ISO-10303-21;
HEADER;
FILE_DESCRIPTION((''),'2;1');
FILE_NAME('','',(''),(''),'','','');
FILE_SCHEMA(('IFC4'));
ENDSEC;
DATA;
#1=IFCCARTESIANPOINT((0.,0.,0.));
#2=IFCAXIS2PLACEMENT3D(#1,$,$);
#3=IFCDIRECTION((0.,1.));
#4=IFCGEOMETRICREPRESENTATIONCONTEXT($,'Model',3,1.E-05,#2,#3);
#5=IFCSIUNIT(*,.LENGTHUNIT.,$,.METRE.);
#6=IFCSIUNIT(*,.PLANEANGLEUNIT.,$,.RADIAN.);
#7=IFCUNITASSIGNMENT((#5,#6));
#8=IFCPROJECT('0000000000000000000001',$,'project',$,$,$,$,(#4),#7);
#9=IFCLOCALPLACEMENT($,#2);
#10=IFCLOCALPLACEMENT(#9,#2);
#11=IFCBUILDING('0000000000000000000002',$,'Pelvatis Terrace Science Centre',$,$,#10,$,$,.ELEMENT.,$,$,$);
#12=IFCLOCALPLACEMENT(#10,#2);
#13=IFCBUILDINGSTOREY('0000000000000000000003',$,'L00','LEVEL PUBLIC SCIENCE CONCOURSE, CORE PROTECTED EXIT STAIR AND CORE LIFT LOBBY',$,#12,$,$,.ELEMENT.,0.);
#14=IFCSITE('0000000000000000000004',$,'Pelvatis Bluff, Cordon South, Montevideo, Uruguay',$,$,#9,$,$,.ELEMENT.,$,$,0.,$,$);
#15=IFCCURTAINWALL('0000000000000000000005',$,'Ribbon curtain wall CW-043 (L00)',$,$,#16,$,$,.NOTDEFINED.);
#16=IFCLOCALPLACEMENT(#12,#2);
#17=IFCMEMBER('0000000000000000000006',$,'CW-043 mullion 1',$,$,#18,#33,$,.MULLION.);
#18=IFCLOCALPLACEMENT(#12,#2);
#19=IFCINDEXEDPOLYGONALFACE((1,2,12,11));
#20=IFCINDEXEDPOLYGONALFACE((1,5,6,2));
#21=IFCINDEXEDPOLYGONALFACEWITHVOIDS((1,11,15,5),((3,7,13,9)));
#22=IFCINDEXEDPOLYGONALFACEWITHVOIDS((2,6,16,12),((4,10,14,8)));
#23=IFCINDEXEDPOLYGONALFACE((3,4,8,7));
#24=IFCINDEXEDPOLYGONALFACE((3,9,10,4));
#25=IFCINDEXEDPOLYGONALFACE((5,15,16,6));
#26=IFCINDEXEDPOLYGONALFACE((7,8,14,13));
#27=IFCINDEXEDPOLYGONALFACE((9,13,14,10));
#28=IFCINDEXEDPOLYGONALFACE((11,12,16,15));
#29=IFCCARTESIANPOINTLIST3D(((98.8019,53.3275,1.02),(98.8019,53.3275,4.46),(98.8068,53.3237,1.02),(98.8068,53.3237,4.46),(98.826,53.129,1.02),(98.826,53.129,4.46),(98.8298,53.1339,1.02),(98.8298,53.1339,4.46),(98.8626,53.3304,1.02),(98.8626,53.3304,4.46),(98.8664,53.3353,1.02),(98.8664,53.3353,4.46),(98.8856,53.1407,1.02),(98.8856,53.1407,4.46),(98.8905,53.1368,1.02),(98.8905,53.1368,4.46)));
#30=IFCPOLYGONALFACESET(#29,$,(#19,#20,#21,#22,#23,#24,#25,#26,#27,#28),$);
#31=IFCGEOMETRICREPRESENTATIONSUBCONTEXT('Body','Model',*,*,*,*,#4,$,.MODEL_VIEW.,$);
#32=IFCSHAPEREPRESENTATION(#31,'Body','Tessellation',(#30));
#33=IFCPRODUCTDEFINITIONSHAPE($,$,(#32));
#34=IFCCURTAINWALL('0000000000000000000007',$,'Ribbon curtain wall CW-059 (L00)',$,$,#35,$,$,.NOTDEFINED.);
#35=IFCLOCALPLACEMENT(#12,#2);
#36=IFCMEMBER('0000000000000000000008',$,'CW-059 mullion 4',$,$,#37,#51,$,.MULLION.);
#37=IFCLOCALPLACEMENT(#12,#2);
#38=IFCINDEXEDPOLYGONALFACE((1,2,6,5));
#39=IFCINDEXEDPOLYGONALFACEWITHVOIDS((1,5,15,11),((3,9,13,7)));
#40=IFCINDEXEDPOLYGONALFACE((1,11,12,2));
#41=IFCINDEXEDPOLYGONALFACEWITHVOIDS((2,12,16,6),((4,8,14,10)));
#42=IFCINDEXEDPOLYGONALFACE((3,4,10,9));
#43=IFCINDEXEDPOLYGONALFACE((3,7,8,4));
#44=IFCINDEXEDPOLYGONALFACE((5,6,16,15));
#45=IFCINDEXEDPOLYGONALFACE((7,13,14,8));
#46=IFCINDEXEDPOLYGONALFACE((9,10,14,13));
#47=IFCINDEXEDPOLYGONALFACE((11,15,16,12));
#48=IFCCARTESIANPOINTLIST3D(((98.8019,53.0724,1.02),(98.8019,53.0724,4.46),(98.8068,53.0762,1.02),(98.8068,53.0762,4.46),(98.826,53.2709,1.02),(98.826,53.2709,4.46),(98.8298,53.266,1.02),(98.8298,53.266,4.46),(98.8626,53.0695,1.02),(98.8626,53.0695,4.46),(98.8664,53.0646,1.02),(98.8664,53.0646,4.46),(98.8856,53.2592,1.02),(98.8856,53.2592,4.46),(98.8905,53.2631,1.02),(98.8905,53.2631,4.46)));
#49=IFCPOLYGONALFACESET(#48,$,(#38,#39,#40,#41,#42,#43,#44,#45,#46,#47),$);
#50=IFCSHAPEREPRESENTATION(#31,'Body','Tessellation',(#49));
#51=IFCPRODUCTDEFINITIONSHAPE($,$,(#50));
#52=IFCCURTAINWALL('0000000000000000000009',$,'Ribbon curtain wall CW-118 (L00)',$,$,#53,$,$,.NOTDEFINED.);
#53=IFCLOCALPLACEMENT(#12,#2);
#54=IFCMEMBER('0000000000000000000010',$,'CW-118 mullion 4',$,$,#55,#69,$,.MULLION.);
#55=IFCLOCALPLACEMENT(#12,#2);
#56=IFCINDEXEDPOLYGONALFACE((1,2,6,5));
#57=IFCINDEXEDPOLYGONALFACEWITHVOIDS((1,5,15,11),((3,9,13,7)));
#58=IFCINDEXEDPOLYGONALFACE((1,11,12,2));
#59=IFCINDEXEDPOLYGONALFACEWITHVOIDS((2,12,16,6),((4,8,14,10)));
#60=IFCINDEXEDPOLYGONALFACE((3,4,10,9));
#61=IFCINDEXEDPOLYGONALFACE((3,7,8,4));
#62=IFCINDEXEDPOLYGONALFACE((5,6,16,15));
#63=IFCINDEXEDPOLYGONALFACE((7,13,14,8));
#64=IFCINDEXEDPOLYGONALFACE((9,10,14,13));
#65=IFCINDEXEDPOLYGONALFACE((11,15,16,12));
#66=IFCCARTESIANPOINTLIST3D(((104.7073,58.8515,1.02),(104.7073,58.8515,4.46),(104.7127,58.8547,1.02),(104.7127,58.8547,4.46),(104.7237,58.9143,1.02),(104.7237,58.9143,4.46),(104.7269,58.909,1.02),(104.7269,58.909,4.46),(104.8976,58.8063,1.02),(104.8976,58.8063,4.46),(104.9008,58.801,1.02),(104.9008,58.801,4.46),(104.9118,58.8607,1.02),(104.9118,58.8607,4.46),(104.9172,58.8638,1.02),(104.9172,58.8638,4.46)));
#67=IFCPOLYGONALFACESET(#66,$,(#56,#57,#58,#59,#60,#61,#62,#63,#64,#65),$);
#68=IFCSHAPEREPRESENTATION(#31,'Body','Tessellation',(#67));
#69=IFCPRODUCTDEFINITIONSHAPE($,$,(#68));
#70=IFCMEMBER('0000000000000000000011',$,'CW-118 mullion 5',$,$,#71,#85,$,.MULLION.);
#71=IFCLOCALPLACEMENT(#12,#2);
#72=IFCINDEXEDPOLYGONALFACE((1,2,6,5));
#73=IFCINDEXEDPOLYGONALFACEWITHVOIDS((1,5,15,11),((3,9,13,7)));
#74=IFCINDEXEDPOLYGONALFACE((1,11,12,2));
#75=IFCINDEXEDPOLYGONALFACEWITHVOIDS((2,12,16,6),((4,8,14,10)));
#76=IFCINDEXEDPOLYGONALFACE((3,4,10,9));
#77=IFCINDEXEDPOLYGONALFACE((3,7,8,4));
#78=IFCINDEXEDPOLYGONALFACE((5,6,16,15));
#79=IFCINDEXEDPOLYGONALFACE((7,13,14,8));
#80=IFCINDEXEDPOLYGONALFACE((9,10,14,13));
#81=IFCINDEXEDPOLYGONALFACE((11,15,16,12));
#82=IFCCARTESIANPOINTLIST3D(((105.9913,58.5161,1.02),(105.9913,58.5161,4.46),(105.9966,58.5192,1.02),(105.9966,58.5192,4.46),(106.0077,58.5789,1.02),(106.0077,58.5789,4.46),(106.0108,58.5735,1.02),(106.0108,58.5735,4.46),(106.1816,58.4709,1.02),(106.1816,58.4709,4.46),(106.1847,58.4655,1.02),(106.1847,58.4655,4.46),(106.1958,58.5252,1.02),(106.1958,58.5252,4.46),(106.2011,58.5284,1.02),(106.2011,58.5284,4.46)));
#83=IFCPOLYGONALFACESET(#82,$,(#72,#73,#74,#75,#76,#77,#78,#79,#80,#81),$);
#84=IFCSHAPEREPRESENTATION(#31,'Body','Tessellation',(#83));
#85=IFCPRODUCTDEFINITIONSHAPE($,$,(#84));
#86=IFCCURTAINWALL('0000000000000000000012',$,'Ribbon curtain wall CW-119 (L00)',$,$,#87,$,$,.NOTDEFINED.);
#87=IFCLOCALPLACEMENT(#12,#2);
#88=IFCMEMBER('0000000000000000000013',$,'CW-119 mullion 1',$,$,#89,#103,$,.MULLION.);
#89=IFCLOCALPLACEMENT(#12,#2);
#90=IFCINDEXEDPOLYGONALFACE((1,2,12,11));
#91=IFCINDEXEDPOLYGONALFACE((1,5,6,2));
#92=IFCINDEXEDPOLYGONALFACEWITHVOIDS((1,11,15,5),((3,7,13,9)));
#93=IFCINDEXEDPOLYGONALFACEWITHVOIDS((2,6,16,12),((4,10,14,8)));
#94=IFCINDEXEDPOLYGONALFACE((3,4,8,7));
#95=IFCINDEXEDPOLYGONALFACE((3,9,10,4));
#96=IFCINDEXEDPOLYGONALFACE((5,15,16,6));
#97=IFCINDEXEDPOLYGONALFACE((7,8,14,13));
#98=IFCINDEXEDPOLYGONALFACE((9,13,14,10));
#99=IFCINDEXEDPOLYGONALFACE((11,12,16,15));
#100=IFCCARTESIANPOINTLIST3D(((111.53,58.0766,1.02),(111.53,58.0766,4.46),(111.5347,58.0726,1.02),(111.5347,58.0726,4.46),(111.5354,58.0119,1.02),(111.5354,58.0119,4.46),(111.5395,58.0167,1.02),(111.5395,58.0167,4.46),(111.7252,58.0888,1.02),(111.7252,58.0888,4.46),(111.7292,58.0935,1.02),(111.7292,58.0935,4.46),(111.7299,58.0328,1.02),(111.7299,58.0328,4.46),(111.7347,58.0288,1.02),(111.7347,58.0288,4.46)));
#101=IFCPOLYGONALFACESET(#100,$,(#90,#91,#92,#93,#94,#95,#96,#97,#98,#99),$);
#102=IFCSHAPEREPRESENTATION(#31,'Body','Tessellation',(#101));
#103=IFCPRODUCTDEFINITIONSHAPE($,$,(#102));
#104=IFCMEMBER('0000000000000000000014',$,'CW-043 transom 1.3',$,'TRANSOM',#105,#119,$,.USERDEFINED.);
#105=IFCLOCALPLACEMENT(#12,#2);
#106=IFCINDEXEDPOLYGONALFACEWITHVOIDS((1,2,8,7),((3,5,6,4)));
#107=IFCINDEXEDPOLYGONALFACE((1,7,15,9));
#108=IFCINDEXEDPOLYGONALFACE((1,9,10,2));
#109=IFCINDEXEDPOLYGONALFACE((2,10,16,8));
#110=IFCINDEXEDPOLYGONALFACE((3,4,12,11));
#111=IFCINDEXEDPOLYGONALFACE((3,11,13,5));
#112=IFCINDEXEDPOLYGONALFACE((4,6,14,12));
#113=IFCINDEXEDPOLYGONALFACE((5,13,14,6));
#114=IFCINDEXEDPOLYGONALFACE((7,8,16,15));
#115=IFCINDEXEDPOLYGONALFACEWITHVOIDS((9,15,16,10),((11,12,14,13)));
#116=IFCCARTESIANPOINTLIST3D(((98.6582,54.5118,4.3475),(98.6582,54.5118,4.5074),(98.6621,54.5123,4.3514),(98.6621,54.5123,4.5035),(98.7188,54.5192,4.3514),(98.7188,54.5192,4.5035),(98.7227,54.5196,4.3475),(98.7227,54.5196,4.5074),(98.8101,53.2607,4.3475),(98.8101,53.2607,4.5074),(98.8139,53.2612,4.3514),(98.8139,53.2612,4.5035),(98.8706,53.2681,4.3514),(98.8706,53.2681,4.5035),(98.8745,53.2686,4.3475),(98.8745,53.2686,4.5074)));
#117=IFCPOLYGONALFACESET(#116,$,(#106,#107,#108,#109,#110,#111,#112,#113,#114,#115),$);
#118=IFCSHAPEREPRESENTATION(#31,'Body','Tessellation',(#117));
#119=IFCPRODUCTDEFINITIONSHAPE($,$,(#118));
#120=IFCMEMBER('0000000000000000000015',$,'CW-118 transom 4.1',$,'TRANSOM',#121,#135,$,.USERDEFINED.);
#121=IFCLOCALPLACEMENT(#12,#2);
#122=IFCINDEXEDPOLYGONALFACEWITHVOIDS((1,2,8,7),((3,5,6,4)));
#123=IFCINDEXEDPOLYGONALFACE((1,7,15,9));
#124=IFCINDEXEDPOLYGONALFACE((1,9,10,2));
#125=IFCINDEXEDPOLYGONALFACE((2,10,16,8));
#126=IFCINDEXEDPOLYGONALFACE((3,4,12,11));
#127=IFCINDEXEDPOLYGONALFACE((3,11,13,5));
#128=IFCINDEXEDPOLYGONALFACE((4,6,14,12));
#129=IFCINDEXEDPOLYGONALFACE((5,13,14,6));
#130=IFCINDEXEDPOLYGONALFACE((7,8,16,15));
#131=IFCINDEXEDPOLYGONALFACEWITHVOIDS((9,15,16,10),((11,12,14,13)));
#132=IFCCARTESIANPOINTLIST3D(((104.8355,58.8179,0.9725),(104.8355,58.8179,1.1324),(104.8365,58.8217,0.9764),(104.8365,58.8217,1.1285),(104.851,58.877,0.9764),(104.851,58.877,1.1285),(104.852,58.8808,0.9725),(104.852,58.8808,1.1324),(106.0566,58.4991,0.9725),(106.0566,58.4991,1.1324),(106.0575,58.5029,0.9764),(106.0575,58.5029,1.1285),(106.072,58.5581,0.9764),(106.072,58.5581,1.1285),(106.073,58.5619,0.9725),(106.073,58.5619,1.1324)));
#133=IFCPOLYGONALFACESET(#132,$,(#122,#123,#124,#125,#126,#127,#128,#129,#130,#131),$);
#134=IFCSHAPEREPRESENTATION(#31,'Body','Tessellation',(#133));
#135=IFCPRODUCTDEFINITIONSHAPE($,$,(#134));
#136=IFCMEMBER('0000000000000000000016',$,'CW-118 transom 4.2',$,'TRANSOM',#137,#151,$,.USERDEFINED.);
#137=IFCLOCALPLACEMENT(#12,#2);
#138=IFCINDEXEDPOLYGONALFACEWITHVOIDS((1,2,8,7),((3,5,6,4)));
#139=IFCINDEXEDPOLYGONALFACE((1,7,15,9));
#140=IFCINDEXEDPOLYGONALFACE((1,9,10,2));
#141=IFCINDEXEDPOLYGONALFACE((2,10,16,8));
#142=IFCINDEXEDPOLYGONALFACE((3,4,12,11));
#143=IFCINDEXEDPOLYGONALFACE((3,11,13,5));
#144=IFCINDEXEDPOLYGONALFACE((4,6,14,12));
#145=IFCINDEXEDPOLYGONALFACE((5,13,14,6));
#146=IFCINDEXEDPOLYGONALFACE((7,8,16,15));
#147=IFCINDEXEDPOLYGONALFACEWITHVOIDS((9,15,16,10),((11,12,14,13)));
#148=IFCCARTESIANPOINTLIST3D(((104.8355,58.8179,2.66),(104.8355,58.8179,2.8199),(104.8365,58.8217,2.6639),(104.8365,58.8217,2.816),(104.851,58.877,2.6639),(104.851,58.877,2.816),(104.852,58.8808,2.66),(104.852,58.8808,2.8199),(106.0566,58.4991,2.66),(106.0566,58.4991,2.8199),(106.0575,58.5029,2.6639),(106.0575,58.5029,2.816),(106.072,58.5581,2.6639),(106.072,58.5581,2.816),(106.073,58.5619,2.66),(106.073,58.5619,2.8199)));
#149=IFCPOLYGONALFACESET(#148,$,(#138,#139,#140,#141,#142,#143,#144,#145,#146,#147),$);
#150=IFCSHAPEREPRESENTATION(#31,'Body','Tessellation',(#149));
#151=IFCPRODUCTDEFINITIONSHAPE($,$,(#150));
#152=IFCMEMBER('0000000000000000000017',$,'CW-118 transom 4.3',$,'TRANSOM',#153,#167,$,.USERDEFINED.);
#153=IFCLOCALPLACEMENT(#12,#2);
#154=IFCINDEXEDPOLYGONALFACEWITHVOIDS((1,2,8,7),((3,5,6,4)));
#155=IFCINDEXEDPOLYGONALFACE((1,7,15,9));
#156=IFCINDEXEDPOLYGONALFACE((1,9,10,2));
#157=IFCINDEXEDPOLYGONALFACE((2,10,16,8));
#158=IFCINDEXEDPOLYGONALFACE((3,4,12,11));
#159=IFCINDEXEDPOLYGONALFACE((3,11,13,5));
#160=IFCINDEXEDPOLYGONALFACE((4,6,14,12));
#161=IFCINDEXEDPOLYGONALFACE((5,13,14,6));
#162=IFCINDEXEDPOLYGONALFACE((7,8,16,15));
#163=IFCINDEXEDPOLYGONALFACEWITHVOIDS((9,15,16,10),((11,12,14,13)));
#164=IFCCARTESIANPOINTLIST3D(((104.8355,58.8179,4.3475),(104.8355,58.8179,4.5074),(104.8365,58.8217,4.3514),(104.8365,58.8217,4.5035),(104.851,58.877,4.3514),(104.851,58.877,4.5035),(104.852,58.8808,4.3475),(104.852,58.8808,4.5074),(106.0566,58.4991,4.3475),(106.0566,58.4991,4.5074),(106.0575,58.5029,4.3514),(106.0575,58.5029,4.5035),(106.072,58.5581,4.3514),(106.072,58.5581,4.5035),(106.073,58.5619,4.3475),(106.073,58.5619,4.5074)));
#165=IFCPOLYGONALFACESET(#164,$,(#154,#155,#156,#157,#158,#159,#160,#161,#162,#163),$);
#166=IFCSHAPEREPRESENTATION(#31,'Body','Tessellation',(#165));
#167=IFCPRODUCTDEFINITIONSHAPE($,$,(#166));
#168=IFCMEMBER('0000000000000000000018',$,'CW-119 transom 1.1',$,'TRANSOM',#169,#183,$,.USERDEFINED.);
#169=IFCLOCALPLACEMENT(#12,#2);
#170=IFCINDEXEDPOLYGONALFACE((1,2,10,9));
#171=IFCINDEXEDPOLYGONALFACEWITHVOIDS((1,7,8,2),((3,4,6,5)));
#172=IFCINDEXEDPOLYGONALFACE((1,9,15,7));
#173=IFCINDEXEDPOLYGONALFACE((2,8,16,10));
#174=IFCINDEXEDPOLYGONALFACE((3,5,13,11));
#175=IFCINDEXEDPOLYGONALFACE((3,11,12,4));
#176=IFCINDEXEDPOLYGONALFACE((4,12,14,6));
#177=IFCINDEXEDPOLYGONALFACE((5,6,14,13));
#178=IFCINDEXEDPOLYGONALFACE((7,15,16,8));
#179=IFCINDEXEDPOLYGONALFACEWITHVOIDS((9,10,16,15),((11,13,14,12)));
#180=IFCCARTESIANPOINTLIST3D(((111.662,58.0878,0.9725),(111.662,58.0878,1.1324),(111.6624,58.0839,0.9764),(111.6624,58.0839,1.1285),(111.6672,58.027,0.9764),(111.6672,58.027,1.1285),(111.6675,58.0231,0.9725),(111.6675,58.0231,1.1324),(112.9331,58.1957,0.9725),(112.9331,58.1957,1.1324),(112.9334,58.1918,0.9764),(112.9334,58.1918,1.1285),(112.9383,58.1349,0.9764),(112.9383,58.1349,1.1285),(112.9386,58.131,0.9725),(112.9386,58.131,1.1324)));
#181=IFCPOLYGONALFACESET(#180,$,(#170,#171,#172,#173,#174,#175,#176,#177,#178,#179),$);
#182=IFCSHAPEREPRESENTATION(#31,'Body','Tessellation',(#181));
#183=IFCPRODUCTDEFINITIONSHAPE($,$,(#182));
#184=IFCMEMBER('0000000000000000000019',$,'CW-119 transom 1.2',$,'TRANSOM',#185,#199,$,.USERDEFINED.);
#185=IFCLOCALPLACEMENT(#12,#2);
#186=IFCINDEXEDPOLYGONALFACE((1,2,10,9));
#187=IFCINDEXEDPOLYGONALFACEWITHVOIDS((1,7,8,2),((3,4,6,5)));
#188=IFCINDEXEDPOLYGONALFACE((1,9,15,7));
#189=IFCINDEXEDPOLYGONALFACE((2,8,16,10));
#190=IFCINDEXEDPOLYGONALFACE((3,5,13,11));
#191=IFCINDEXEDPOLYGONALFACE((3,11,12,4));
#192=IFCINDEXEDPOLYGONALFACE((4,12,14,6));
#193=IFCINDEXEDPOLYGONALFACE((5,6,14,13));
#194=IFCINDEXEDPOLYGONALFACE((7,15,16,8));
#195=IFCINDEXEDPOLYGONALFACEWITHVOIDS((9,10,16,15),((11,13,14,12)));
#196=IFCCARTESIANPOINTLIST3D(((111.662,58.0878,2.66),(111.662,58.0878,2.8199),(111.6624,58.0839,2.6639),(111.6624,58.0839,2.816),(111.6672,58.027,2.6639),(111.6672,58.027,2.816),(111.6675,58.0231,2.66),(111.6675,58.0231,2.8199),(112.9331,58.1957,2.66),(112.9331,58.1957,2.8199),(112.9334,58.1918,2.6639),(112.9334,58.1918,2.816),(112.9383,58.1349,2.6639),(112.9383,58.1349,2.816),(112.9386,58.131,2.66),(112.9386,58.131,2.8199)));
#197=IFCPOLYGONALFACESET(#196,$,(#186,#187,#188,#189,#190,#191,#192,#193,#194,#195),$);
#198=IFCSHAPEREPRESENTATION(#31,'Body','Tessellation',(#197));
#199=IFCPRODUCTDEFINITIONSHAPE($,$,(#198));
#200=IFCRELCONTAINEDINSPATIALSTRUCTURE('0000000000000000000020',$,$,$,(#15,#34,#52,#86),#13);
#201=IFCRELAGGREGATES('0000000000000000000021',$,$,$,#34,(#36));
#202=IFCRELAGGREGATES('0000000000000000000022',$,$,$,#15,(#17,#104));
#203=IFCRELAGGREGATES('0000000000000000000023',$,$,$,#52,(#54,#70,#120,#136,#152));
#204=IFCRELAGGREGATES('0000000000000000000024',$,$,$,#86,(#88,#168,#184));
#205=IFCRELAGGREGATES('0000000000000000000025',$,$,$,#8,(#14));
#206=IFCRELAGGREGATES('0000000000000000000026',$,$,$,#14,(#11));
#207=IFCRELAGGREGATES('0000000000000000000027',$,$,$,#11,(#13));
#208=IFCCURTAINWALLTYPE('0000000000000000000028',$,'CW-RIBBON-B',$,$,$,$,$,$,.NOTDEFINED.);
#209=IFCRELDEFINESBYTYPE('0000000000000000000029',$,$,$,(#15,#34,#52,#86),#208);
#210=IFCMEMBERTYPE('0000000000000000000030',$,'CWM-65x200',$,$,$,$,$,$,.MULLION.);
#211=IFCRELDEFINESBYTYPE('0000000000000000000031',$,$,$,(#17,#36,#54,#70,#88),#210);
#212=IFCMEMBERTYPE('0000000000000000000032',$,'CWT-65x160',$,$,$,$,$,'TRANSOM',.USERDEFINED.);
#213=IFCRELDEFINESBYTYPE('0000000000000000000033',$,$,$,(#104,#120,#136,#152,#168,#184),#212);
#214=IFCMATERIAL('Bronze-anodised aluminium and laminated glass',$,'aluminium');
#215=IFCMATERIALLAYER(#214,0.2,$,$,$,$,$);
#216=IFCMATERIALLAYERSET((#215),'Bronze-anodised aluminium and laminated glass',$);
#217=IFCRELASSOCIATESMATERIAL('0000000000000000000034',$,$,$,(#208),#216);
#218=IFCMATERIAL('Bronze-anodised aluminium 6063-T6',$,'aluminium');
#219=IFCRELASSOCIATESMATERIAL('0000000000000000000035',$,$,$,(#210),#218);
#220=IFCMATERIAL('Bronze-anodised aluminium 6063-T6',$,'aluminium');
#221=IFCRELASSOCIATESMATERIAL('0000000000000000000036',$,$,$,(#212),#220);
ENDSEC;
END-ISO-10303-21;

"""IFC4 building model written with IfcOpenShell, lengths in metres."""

from ifc_helpers import new_model, si_unit, direction, frame, origin, origin_2d, place, context, subcontext, project, spatial, hollow_rectangle, extrude, material, layer, layer_set, material_profile, profile_set, type_object, element, aggregate, save


model = new_model("IFC4")

# Units and contexts
model_context = context("Model", 3, precision=1e-05, world=origin(), true_north=direction((0.0, 1.0)))
body_context = subcontext(model_context, "Body", "Model", "MODEL_VIEW")
ifc_project = project(units=[si_unit("LENGTHUNIT", "METRE"), si_unit("PLANEANGLEUNIT", "RADIAN")], contexts=[model_context])

# Site, building, storey
site_placement = place(None, origin())
site = spatial("IfcSite", under=ifc_project, at=site_placement, Name="Pelvatis Bluff, Cordon South, Montevideo, Uruguay", CompositionType="ELEMENT", RefElevation=0.0)
building_placement = place(site_placement, origin())
building = spatial("IfcBuilding", under=site, at=building_placement, Name="Pelvatis Terrace Science Centre", CompositionType="ELEMENT")
storey_placement = place(building_placement, origin())
storey = spatial("IfcBuildingStorey", under=building, at=storey_placement, Name="L00", Description="LEVEL PUBLIC SCIENCE CONCOURSE, CORE PROTECTED EXIT STAIR AND CORE LIFT LOBBY", CompositionType="ELEMENT", Elevation=0.0)

# Curtain walls, members
ifc_material_1 = material(Name="Bronze-anodised aluminium and laminated glass", Category="aluminium")
ifc_layer_1 = layer(ifc_material_1, 0.2)
ifc_layer_set_1 = layer_set([ifc_layer_1], Name="Bronze-anodised aluminium and laminated glass")
curtain_wall_type = type_object("IfcCurtainWallType", Name="CW-RIBBON-B", PredefinedType="NOTDEFINED", material=ifc_layer_set_1)
curtain_wall_1_placement = place(storey_placement, origin())
curtain_wall_1 = element("IfcCurtainWall", 1, at=curtain_wall_1_placement, inside=storey, type_object=curtain_wall_type, Name="Ribbon curtain wall CW-043 (L00)", PredefinedType="NOTDEFINED")
ifc_material_2 = material(Name="Bronze-anodised aluminium 6063-T6", Category="aluminium")
ifc_material_profile_1 = material_profile(ifc_material_2, hollow_rectangle(XDim=0.0649, YDim=0.2, WallThickness=0.0044, at=origin_2d()), Name="ALU-MUL 65x200")
ifc_profile_set_1 = profile_set([ifc_material_profile_1], Name="Bronze-anodised aluminium 6063-T6")
member_type_1 = type_object("IfcMemberType", Name="CWM-65x200", PredefinedType="MULLION", material=ifc_profile_set_1)
member_1_placement = place(storey_placement, frame((98.8462, 53.2322, 1.02), z_axis=(0.0, 0.0, 1.0), x_axis=(-0.992721, -0.120435, 0.0)))
member_1 = element("IfcMember", 2, at=member_1_placement, type_object=member_type_1, Name="CW-043 mullion 1", PredefinedType="MULLION", context=body_context, shape_type="SweptSolid", body=[
    extrude(hollow_rectangle(XDim=0.0649, YDim=0.2, WallThickness=0.0044, at=origin_2d()), origin(), (0.0, 0.0, 1.0), 3.4399),
])
curtain_wall_2_placement = place(storey_placement, origin())
curtain_wall_2 = element("IfcCurtainWall", 3, at=curtain_wall_2_placement, inside=storey, type_object=curtain_wall_type, Name="Ribbon curtain wall CW-059 (L00)", PredefinedType="NOTDEFINED")
member_2_placement = place(storey_placement, frame((98.8462, 53.1677, 1.02), z_axis=(0.0, 0.0, 1.0), x_axis=(-0.992721, 0.120435, 0.0)))
member_2 = element("IfcMember", 4, at=member_2_placement, type_object=member_type_1, Name="CW-059 mullion 4", PredefinedType="MULLION", context=body_context, shape_type="SweptSolid", body=[
    extrude(hollow_rectangle(XDim=0.0649, YDim=0.2, WallThickness=0.0044, at=origin_2d()), origin(), (0.0, 0.0, 1.0), 3.4399),
])
aggregate(curtain_wall_2, [member_2])

# Curtain wall, members
curtain_wall_3_placement = place(storey_placement, origin())
curtain_wall_3 = element("IfcCurtainWall", 5, at=curtain_wall_3_placement, inside=storey, type_object=curtain_wall_type, Name="Ribbon curtain wall CW-118 (L00)", PredefinedType="NOTDEFINED")
member_3_placement = place(storey_placement, frame((104.8123, 58.8577, 1.02), z_axis=(0.0, 0.0, 1.0), x_axis=(0.252698, 0.967545, 0.0)))
member_3 = element("IfcMember", 6, at=member_3_placement, type_object=member_type_1, Name="CW-118 mullion 4", PredefinedType="MULLION", context=body_context, shape_type="SweptSolid", body=[
    extrude(hollow_rectangle(XDim=0.0649, YDim=0.2, WallThickness=0.0044, at=origin_2d()), origin(), (0.0, 0.0, 1.0), 3.4399),
])
member_4_placement = place(storey_placement, frame((106.0962, 58.5222, 1.02), z_axis=(0.0, 0.0, 1.0), x_axis=(0.252698, 0.967545, 0.0)))
member_4 = element("IfcMember", 7, at=member_4_placement, type_object=member_type_1, Name="CW-118 mullion 5", PredefinedType="MULLION", context=body_context, shape_type="SweptSolid", body=[
    extrude(hollow_rectangle(XDim=0.0649, YDim=0.2, WallThickness=0.0044, at=origin_2d()), origin(), (0.0, 0.0, 1.0), 3.4399),
])

# Curtain wall, member
curtain_wall_4_placement = place(storey_placement, origin())
curtain_wall_4 = element("IfcCurtainWall", 8, at=curtain_wall_4_placement, inside=storey, type_object=curtain_wall_type, Name="Ribbon curtain wall CW-119 (L00)", PredefinedType="NOTDEFINED")
member_5_placement = place(storey_placement, frame((111.6323, 58.0527, 1.02), z_axis=(0.0, 0.0, 1.0), x_axis=(-0.084488, 0.996425, 0.0)))
member_5 = element("IfcMember", 9, at=member_5_placement, type_object=member_type_1, Name="CW-119 mullion 1", PredefinedType="MULLION", context=body_context, shape_type="SweptSolid", body=[
    extrude(hollow_rectangle(XDim=0.0649, YDim=0.2, WallThickness=0.0044, at=origin_2d()), origin(), (0.0, 0.0, 1.0), 3.4399),
])

# Members
ifc_material_3 = material(Name="Bronze-anodised aluminium 6063-T6", Category="aluminium")
ifc_material_profile_2 = material_profile(ifc_material_3, hollow_rectangle(XDim=0.0649, YDim=0.1599, WallThickness=0.0039, at=origin_2d()), Name="ALU-TRN 65x160")
ifc_profile_set_2 = profile_set([ifc_material_profile_2], Name="Bronze-anodised aluminium 6063-T6")
member_type_2 = type_object("IfcMemberType", Name="CWT-65x160", ElementType="TRANSOM", PredefinedType="USERDEFINED", material=ifc_profile_set_2)
member_6_placement = place(storey_placement, frame((98.8423, 53.2646, 4.4275), z_axis=(-0.120505, 0.992713, 0.0), x_axis=(-0.992713, -0.120505, 0.0)))
member_6 = element("IfcMember", 10, at=member_6_placement, type_object=member_type_2, Name="CW-043 transom 1.3", ObjectType="TRANSOM", PredefinedType="USERDEFINED", context=body_context, shape_type="SweptSolid", body=[
    extrude(hollow_rectangle(XDim=0.0649, YDim=0.1599, WallThickness=0.0039, at=origin_2d()), origin(), (0.0, 0.0, 1.0), 1.2603),
])
aggregate(curtain_wall_1, [member_1, member_6])
member_7_placement = place(storey_placement, frame((104.8438, 58.8494, 1.0525), z_axis=(0.967551, -0.252674, 0.0), x_axis=(0.252674, 0.967551, 0.0)))
member_7 = element("IfcMember", 11, at=member_7_placement, type_object=member_type_2, Name="CW-118 transom 4.1", ObjectType="TRANSOM", PredefinedType="USERDEFINED", context=body_context, shape_type="SweptSolid", body=[
    extrude(hollow_rectangle(XDim=0.0649, YDim=0.1599, WallThickness=0.0039, at=origin_2d()), origin(), (0.0, 0.0, 1.0), 1.262),
])
member_8_placement = place(storey_placement, frame((104.8438, 58.8494, 2.74), z_axis=(0.967551, -0.252674, 0.0), x_axis=(0.252674, 0.967551, 0.0)))
member_8 = element("IfcMember", 12, at=member_8_placement, type_object=member_type_2, Name="CW-118 transom 4.2", ObjectType="TRANSOM", PredefinedType="USERDEFINED", context=body_context, shape_type="SweptSolid", body=[
    extrude(hollow_rectangle(XDim=0.0649, YDim=0.1599, WallThickness=0.0039, at=origin_2d()), origin(), (0.0, 0.0, 1.0), 1.262),
])
member_9_placement = place(storey_placement, frame((104.8438, 58.8494, 4.4275), z_axis=(0.967551, -0.252674, 0.0), x_axis=(0.252674, 0.967551, 0.0)))
member_9 = element("IfcMember", 13, at=member_9_placement, type_object=member_type_2, Name="CW-118 transom 4.3", ObjectType="TRANSOM", PredefinedType="USERDEFINED", context=body_context, shape_type="SweptSolid", body=[
    extrude(hollow_rectangle(XDim=0.0649, YDim=0.1599, WallThickness=0.0039, at=origin_2d()), origin(), (0.0, 0.0, 1.0), 1.262),
])
member_10_placement = place(storey_placement, frame((111.6648, 58.0554, 1.0525), z_axis=(0.996415, 0.084598, 0.0), x_axis=(-0.084598, 0.996415, 0.0)))
member_10 = element("IfcMember", 14, at=member_10_placement, type_object=member_type_2, Name="CW-119 transom 1.1", ObjectType="TRANSOM", PredefinedType="USERDEFINED", context=body_context, shape_type="SweptSolid", body=[
    extrude(hollow_rectangle(XDim=0.0649, YDim=0.1599, WallThickness=0.0039, at=origin_2d()), origin(), (0.0, 0.0, 1.0), 1.2756),
])
member_11_placement = place(storey_placement, frame((111.6648, 58.0554, 2.74), z_axis=(0.996415, 0.084598, 0.0), x_axis=(-0.084598, 0.996415, 0.0)))
member_11 = element("IfcMember", 15, at=member_11_placement, type_object=member_type_2, Name="CW-119 transom 1.2", ObjectType="TRANSOM", PredefinedType="USERDEFINED", context=body_context, shape_type="SweptSolid", body=[
    extrude(hollow_rectangle(XDim=0.0649, YDim=0.1599, WallThickness=0.0039, at=origin_2d()), origin(), (0.0, 0.0, 1.0), 1.2756),
])

aggregate(curtain_wall_3, [member_3, member_4, member_7, member_8, member_9])
aggregate(curtain_wall_4, [member_5, member_10, member_11])

save(model, "model.ifc")
